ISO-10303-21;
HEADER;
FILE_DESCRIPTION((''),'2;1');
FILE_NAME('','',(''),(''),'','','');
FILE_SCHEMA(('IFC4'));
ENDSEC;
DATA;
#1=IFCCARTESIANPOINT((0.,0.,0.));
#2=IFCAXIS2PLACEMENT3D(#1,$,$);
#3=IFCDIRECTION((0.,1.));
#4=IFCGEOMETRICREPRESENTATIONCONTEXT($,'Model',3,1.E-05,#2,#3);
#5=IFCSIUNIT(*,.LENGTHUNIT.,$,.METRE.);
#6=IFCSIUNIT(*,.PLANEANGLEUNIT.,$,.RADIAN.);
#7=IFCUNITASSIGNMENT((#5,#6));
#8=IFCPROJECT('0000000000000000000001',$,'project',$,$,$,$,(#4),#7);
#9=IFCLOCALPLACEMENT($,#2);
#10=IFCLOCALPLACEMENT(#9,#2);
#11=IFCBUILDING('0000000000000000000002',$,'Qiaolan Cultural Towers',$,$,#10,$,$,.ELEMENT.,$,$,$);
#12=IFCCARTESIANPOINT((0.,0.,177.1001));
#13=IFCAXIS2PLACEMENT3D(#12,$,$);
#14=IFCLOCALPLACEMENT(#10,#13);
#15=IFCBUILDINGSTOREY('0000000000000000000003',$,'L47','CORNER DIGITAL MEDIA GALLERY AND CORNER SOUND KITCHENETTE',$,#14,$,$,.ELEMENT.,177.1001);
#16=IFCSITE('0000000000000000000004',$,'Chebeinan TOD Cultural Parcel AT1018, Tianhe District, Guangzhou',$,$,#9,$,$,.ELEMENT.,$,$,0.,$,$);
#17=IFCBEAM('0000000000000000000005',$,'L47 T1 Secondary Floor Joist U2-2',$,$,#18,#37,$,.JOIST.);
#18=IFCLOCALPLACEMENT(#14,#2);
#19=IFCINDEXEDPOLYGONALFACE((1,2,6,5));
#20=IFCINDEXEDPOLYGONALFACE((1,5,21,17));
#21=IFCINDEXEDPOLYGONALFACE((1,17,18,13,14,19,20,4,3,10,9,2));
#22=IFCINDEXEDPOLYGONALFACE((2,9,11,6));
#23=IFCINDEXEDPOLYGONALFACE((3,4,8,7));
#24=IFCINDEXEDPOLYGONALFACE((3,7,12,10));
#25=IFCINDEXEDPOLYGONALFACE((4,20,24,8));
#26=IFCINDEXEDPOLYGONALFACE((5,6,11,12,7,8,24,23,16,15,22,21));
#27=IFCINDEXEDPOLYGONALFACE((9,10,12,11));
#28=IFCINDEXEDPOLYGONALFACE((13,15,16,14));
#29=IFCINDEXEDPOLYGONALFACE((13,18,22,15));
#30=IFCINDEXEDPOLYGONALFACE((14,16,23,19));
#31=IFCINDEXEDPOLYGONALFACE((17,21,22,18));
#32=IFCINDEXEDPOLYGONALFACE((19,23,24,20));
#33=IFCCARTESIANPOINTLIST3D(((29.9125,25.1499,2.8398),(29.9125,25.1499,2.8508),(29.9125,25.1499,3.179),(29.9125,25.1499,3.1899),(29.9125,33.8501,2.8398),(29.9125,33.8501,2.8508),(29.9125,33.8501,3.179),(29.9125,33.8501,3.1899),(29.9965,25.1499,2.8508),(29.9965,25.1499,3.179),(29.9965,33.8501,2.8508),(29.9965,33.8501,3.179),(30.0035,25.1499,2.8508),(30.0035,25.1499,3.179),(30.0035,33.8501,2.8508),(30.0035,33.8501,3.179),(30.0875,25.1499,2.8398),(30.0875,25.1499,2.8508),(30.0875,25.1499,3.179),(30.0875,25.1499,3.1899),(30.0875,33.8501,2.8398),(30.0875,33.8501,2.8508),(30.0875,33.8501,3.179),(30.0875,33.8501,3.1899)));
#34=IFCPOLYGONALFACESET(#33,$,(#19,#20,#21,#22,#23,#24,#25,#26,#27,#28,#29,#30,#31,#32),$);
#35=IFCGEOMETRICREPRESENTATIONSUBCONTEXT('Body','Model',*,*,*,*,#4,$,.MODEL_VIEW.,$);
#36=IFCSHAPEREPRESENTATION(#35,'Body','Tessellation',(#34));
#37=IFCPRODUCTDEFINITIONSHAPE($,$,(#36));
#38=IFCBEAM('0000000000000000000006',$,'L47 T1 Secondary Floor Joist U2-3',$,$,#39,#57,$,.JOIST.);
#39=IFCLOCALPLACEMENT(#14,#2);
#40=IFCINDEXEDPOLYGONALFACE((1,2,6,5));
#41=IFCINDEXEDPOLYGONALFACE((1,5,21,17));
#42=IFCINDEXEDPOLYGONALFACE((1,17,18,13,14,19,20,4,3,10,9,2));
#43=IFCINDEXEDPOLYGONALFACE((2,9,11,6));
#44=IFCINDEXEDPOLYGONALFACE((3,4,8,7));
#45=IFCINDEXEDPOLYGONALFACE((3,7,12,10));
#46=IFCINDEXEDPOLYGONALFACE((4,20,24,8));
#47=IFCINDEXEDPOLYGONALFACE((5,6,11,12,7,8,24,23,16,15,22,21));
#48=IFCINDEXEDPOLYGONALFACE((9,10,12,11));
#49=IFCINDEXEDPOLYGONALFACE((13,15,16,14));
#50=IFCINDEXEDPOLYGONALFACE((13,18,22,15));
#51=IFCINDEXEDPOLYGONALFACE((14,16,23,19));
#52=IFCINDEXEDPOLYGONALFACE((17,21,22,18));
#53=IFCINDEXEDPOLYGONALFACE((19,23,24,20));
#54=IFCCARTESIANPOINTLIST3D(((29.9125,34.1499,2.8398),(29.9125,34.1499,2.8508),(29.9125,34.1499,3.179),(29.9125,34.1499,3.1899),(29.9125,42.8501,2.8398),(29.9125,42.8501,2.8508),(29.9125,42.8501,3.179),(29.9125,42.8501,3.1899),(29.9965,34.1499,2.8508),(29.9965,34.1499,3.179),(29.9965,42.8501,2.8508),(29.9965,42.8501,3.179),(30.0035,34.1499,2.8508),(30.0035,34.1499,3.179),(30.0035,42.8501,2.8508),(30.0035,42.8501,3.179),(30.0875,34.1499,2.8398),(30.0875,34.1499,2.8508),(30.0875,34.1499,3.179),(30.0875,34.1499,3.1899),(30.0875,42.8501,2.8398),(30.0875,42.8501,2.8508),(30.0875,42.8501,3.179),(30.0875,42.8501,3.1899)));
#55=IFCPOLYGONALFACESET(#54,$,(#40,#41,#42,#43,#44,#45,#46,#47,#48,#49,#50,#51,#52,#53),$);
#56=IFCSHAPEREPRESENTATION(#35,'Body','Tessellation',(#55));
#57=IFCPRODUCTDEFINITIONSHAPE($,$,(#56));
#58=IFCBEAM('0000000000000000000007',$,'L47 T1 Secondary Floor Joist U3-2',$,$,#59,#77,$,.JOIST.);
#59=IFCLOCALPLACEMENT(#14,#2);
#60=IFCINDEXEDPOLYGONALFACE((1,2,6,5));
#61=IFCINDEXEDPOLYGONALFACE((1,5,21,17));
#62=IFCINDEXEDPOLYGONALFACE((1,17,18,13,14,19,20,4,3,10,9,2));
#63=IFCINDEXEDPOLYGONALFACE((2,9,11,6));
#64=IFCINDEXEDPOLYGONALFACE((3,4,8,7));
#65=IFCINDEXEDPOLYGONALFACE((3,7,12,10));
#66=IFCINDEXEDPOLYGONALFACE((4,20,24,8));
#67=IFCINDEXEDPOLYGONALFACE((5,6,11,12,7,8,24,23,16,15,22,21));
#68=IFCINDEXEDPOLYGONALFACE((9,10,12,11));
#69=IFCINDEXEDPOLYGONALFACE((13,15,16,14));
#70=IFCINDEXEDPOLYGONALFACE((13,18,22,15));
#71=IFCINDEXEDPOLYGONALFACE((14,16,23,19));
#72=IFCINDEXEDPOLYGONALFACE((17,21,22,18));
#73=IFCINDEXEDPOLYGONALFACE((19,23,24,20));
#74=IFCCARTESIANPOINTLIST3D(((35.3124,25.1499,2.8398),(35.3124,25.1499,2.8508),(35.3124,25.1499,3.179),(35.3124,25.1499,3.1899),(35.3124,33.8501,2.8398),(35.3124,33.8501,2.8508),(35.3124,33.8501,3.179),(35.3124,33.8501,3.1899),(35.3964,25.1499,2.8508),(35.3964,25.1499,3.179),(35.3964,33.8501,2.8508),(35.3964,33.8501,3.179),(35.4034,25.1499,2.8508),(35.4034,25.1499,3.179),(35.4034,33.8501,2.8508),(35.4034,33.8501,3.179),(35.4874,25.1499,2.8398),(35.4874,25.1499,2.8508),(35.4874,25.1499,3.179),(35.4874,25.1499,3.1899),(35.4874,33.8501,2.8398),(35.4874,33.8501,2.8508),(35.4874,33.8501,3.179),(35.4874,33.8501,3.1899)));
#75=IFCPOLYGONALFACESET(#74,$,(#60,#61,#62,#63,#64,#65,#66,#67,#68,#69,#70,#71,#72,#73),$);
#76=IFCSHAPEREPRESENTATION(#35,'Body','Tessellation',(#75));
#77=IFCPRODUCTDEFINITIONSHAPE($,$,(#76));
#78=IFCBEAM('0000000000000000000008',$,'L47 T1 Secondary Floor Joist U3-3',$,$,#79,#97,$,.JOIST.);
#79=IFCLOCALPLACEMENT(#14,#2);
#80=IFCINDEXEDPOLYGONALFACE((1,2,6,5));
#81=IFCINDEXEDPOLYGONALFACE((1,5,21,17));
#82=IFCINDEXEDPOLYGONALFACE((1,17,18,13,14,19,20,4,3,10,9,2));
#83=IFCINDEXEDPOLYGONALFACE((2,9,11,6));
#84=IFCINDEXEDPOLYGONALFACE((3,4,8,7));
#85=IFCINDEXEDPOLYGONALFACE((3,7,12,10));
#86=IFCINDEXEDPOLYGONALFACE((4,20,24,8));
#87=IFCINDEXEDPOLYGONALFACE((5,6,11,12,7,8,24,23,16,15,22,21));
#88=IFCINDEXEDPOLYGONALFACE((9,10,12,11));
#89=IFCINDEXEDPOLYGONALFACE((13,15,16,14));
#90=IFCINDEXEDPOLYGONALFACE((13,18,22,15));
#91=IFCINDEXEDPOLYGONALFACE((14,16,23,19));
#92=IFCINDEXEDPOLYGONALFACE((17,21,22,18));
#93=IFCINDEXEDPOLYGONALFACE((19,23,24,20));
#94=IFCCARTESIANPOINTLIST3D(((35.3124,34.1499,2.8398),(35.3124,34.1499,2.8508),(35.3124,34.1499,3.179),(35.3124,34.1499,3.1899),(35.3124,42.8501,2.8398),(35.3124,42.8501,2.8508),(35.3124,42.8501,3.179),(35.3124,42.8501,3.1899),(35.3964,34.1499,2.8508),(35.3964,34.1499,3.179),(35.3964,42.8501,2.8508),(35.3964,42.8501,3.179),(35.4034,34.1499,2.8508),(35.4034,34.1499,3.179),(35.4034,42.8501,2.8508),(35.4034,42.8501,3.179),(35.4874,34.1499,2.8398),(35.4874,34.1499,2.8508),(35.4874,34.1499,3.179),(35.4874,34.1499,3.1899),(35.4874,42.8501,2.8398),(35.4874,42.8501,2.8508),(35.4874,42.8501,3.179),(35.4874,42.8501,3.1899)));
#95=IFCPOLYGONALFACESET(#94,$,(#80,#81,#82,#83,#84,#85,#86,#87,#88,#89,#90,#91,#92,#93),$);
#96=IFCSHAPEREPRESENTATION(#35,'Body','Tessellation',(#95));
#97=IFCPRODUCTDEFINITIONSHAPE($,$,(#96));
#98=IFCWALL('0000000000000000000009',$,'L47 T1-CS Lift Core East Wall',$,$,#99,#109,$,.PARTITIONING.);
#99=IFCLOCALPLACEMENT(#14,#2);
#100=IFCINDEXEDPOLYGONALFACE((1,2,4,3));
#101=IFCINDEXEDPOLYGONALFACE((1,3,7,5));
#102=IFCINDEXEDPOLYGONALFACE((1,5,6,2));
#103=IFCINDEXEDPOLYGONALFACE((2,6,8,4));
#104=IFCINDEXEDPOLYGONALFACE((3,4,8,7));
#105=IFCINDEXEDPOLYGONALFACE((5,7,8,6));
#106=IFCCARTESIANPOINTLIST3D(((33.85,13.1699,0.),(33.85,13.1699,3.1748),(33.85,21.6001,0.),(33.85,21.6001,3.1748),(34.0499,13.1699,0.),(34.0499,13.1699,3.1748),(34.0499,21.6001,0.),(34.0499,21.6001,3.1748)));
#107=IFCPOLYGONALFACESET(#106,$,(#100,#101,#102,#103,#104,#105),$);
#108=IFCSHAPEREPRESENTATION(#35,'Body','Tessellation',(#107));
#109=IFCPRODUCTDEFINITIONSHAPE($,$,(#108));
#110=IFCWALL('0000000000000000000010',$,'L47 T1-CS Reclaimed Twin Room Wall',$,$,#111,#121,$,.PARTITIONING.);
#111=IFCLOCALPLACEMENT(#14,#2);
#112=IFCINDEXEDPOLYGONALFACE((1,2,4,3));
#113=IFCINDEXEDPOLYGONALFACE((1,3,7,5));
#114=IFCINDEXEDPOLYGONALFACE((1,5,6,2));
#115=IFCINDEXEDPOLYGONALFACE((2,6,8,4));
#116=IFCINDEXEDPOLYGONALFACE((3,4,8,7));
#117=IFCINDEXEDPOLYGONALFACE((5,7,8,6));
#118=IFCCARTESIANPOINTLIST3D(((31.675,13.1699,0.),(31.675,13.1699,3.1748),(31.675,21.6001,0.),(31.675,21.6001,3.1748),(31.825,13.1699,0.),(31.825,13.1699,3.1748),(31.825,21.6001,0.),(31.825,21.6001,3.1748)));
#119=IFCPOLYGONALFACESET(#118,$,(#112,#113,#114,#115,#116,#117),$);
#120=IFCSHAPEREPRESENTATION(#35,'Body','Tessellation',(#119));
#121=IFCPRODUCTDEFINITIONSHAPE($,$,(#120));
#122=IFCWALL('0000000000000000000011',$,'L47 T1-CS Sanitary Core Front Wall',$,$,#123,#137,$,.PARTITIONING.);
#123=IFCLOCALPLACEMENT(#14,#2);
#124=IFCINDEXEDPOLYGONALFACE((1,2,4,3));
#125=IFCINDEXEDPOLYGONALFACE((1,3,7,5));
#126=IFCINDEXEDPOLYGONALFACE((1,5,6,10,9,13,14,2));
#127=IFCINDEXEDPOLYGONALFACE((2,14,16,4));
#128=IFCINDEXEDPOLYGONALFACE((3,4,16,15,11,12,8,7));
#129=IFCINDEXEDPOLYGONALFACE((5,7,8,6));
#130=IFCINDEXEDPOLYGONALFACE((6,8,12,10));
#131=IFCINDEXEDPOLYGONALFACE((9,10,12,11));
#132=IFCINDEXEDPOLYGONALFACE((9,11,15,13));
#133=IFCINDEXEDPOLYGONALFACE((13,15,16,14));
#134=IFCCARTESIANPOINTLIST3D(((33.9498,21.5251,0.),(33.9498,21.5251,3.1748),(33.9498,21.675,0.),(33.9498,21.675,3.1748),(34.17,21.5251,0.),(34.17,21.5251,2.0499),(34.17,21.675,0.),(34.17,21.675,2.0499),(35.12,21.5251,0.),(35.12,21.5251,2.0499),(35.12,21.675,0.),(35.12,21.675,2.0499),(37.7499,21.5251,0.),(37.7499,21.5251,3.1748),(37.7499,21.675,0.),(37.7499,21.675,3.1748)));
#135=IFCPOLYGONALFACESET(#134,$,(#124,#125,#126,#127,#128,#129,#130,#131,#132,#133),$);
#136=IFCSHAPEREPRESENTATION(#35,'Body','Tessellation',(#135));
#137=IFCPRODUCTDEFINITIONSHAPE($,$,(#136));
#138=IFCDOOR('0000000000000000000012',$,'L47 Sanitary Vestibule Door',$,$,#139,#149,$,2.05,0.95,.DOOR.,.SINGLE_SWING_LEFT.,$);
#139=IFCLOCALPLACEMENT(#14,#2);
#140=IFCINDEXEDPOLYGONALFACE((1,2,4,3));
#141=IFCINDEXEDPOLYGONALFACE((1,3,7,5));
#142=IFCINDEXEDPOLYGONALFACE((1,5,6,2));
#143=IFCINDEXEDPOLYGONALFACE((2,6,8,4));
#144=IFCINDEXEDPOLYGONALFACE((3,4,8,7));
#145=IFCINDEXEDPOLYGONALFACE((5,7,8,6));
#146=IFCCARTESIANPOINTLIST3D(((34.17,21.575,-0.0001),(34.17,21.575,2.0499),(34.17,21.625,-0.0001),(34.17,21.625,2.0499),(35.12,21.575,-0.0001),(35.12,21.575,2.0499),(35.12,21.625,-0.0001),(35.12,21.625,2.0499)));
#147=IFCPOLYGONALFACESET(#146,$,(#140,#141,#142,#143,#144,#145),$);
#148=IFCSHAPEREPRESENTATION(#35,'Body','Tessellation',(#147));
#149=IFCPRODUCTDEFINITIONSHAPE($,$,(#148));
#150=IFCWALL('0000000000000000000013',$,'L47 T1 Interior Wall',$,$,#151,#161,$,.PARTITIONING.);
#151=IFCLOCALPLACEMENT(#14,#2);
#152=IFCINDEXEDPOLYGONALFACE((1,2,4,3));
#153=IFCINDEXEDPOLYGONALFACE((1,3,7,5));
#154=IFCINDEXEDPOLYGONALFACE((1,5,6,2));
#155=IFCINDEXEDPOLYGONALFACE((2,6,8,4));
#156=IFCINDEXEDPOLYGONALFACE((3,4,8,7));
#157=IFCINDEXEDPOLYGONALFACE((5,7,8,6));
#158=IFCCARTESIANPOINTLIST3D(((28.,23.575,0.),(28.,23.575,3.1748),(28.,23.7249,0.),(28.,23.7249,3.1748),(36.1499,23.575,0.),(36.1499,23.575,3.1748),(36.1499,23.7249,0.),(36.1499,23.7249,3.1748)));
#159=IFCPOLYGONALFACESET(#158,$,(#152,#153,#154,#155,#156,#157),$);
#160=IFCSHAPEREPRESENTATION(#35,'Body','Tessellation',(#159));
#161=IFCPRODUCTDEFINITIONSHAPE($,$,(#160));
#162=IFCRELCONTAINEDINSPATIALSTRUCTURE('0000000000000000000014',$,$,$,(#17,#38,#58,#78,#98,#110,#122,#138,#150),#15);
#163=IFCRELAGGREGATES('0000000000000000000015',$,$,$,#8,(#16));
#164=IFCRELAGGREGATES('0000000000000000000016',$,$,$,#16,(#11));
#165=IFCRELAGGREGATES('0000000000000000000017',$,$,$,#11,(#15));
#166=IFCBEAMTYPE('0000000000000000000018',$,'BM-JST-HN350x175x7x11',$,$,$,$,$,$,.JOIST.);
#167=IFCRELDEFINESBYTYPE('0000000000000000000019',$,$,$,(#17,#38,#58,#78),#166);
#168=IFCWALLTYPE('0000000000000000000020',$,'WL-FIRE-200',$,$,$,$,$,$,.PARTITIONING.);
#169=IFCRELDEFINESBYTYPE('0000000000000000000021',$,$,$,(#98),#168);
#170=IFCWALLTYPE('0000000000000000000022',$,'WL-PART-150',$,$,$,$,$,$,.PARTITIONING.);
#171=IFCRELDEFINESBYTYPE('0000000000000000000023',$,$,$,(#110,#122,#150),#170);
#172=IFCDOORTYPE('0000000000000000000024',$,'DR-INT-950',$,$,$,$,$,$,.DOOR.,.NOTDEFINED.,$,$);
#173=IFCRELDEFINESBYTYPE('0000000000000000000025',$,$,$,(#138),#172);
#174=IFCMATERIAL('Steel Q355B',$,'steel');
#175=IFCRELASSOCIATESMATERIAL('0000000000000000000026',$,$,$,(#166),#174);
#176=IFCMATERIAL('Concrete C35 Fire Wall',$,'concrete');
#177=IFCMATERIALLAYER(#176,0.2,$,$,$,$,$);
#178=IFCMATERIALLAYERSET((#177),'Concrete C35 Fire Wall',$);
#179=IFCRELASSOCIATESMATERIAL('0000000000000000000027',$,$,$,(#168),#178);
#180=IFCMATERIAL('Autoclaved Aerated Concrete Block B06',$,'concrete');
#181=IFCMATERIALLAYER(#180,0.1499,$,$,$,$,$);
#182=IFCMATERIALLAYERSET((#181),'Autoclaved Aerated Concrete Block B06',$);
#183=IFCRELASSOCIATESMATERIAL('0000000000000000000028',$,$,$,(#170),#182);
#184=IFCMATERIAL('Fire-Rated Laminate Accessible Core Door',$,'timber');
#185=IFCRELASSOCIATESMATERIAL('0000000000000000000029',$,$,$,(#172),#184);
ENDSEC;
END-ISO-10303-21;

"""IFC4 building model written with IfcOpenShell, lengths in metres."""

from ifc_helpers import new_model, si_unit, direction, frame, frame_2d, origin, origin_2d, place, context, subcontext, project, spatial, rectangle, i_section, extrude, material, layer, layer_set, material_profile, profile_set, type_object, element, fill, save


model = new_model("IFC4")

# Units and contexts
model_context = context("Model", 3, precision=1e-05, world=origin(), true_north=direction((0.0, 1.0)))
body_context = subcontext(model_context, "Body", "Model", "MODEL_VIEW")
ifc_project = project(units=[si_unit("LENGTHUNIT", "METRE"), si_unit("PLANEANGLEUNIT", "RADIAN")], contexts=[model_context])

# Site, building, storey
site_placement = place(None, origin())
site = spatial("IfcSite", under=ifc_project, at=site_placement, Name="Chebeinan TOD Cultural Parcel AT1018, Tianhe District, Guangzhou", CompositionType="ELEMENT", RefElevation=0.0)
building_placement = place(site_placement, origin())
building = spatial("IfcBuilding", under=site, at=building_placement, Name="Qiaolan Cultural Towers", CompositionType="ELEMENT")
storey_placement = place(building_placement, frame((0.0, 0.0, 177.1001)))
storey = spatial("IfcBuildingStorey", under=building, at=storey_placement, Name="L47", Description="CORNER DIGITAL MEDIA GALLERY AND CORNER SOUND KITCHENETTE", CompositionType="ELEMENT", Elevation=177.1001)

# Beams
ifc_material_1 = material(Name="Steel Q355B", Category="steel")
ifc_material_profile = material_profile(ifc_material_1, i_section(OverallWidth=0.175, OverallDepth=0.3501, WebThickness=0.0071, FlangeThickness=0.011, at=origin_2d()), Name="HN350x175x7x11")
ifc_profile_set = profile_set([ifc_material_profile], Name="Steel Q355B")
beam_type = type_object("IfcBeamType", Name="BM-JST-HN350x175x7x11", PredefinedType="JOIST", material=ifc_profile_set)
for number, where, z_axis, x_axis, name in (
    (1, (30.0, 25.1499, 3.0149), (0.0, 1.0, 0.0), (-1.0, 0.0, 0.0), "L47 T1 Secondary Floor Joist U2-2"),
    (2, (30.0, 34.1499, 3.0149), (0.0, 1.0, 0.0), (-1.0, 0.0, 0.0), "L47 T1 Secondary Floor Joist U2-3"),
    (3, (35.3999, 25.1499, 3.0149), (0.0, 1.0, 0.0), (-1.0, 0.0, 0.0), "L47 T1 Secondary Floor Joist U3-2"),
    (4, (35.3999, 34.1499, 3.0149), (0.0, 1.0, 0.0), (-1.0, 0.0, 0.0), "L47 T1 Secondary Floor Joist U3-3"),
):
    element("IfcBeam", number, at=place(storey_placement, frame(where, z_axis=z_axis, x_axis=x_axis)), inside=storey, type_object=beam_type, Name=name, PredefinedType="JOIST", context=body_context, shape_type="SweptSolid", body=[
        extrude(i_section(OverallWidth=0.175, OverallDepth=0.3501, WebThickness=0.0071, FlangeThickness=0.011, at=origin_2d()), origin(), (0.0, 0.0, 1.0), 8.7002),
    ])

# Walls
ifc_material_2 = material(Name="Concrete C35 Fire Wall", Category="concrete")
ifc_layer_1 = layer(ifc_material_2, 0.2)
ifc_layer_set_1 = layer_set([ifc_layer_1], Name="Concrete C35 Fire Wall")
wall_type_1 = type_object("IfcWallType", Name="WL-FIRE-200", PredefinedType="PARTITIONING", material=ifc_layer_set_1)
wall_1_placement = place(storey_placement, frame((33.95, 21.6001, 0.0), z_axis=(0.0, 0.0, 1.0), x_axis=(0.0, -1.0, 0.0)))
element("IfcWall", 5, at=wall_1_placement, inside=storey, type_object=wall_type_1, Name="L47 T1-CS Lift Core East Wall", PredefinedType="PARTITIONING", context=body_context, shape_type="SweptSolid", body=[
    extrude(rectangle(XDim=8.4302, YDim=0.2, at=frame_2d((4.2151, 0.0))), origin(), (0.0, 0.0, 1.0), 3.1748),
])
ifc_material_3 = material(Name="Autoclaved Aerated Concrete Block B06", Category="concrete")
ifc_layer_2 = layer(ifc_material_3, 0.1499)
ifc_layer_set_2 = layer_set([ifc_layer_2], Name="Autoclaved Aerated Concrete Block B06")
wall_type_2 = type_object("IfcWallType", Name="WL-PART-150", PredefinedType="PARTITIONING", material=ifc_layer_set_2)
wall_2_placement = place(storey_placement, frame((31.75, 21.6001, 0.0), z_axis=(0.0, 0.0, 1.0), x_axis=(0.0, -1.0, 0.0)))
element("IfcWall", 6, at=wall_2_placement, inside=storey, type_object=wall_type_2, Name="L47 T1-CS Reclaimed Twin Room Wall", PredefinedType="PARTITIONING", context=body_context, shape_type="SweptSolid", body=[
    extrude(rectangle(XDim=8.4302, YDim=0.1499, at=frame_2d((4.2151, 0.0))), origin(), (0.0, 0.0, 1.0), 3.1748),
])

# Wall, opening, door
wall_3_placement = place(storey_placement, frame((33.95, 21.6001, 0.0), z_axis=(0.0, 0.0, 1.0), x_axis=(1.0, 0.0, 0.0)))
wall_3 = element("IfcWall", 7, at=wall_3_placement, inside=storey, type_object=wall_type_2, Name="L47 T1-CS Sanitary Core Front Wall", PredefinedType="PARTITIONING", context=body_context, shape_type="SweptSolid", body=[
    extrude(rectangle(XDim=3.8, YDim=0.1499, at=frame_2d((1.8999, 0.0))), origin(), (0.0, 0.0, 1.0), 3.1748),
])
opening_1_placement = place(wall_3_placement, frame((0.22, 0.0, 0.0)))
opening_1 = element("IfcOpeningElement", 8, at=opening_1_placement, cuts=wall_3, PredefinedType="OPENING", context=body_context, shape_type="SweptSolid", body=[
    extrude(rectangle(XDim=0.95, YDim=2.05, at=frame_2d((0.4751, 1.0249))), frame((0.0, 0.085, 0.0), z_axis=(0.0, -1.0, 0.0), x_axis=(1.0, 0.0, 0.0)), (0.0, 0.0, 1.0), 0.1699),
])
ifc_material_4 = material(Name="Fire-Rated Laminate Accessible Core Door", Category="timber")
door_type_1 = type_object("IfcDoorType", Name="DR-INT-950", OperationType="NOTDEFINED", PredefinedType="DOOR", material=ifc_material_4)
door_1_placement = place(opening_1_placement, origin())
door_1 = element("IfcDoor", 9, at=door_1_placement, inside=storey, type_object=door_type_1, Name="L47 Sanitary Vestibule Door", OperationType="SINGLE_SWING_LEFT", OverallHeight=2.05, OverallWidth=0.95, PredefinedType="DOOR", context=body_context, shape_type="SweptSolid", body=[
    extrude(rectangle(XDim=0.95, YDim=2.05, at=frame_2d((0.4751, 1.0249))), frame((0.0, 0.0249, 0.0), z_axis=(0.0, -1.0, 0.0), x_axis=(1.0, 0.0, 0.0)), (0.0, 0.0, 1.0), 0.05),
])
fill(opening_1, door_1)

# Wall
wall_4_placement = place(storey_placement, frame((28.0, 23.6499, 0.0), z_axis=(0.0, 0.0, 1.0), x_axis=(1.0, 0.0, 0.0)))
element("IfcWall", 10, at=wall_4_placement, inside=storey, type_object=wall_type_2, Name="L47 T1 Interior Wall", PredefinedType="PARTITIONING", context=body_context, shape_type="SweptSolid", body=[
    extrude(rectangle(XDim=8.1499, YDim=0.1499, at=frame_2d((4.075, 0.0))), origin(), (0.0, 0.0, 1.0), 3.1748),
])

save(model, "model.ifc")
